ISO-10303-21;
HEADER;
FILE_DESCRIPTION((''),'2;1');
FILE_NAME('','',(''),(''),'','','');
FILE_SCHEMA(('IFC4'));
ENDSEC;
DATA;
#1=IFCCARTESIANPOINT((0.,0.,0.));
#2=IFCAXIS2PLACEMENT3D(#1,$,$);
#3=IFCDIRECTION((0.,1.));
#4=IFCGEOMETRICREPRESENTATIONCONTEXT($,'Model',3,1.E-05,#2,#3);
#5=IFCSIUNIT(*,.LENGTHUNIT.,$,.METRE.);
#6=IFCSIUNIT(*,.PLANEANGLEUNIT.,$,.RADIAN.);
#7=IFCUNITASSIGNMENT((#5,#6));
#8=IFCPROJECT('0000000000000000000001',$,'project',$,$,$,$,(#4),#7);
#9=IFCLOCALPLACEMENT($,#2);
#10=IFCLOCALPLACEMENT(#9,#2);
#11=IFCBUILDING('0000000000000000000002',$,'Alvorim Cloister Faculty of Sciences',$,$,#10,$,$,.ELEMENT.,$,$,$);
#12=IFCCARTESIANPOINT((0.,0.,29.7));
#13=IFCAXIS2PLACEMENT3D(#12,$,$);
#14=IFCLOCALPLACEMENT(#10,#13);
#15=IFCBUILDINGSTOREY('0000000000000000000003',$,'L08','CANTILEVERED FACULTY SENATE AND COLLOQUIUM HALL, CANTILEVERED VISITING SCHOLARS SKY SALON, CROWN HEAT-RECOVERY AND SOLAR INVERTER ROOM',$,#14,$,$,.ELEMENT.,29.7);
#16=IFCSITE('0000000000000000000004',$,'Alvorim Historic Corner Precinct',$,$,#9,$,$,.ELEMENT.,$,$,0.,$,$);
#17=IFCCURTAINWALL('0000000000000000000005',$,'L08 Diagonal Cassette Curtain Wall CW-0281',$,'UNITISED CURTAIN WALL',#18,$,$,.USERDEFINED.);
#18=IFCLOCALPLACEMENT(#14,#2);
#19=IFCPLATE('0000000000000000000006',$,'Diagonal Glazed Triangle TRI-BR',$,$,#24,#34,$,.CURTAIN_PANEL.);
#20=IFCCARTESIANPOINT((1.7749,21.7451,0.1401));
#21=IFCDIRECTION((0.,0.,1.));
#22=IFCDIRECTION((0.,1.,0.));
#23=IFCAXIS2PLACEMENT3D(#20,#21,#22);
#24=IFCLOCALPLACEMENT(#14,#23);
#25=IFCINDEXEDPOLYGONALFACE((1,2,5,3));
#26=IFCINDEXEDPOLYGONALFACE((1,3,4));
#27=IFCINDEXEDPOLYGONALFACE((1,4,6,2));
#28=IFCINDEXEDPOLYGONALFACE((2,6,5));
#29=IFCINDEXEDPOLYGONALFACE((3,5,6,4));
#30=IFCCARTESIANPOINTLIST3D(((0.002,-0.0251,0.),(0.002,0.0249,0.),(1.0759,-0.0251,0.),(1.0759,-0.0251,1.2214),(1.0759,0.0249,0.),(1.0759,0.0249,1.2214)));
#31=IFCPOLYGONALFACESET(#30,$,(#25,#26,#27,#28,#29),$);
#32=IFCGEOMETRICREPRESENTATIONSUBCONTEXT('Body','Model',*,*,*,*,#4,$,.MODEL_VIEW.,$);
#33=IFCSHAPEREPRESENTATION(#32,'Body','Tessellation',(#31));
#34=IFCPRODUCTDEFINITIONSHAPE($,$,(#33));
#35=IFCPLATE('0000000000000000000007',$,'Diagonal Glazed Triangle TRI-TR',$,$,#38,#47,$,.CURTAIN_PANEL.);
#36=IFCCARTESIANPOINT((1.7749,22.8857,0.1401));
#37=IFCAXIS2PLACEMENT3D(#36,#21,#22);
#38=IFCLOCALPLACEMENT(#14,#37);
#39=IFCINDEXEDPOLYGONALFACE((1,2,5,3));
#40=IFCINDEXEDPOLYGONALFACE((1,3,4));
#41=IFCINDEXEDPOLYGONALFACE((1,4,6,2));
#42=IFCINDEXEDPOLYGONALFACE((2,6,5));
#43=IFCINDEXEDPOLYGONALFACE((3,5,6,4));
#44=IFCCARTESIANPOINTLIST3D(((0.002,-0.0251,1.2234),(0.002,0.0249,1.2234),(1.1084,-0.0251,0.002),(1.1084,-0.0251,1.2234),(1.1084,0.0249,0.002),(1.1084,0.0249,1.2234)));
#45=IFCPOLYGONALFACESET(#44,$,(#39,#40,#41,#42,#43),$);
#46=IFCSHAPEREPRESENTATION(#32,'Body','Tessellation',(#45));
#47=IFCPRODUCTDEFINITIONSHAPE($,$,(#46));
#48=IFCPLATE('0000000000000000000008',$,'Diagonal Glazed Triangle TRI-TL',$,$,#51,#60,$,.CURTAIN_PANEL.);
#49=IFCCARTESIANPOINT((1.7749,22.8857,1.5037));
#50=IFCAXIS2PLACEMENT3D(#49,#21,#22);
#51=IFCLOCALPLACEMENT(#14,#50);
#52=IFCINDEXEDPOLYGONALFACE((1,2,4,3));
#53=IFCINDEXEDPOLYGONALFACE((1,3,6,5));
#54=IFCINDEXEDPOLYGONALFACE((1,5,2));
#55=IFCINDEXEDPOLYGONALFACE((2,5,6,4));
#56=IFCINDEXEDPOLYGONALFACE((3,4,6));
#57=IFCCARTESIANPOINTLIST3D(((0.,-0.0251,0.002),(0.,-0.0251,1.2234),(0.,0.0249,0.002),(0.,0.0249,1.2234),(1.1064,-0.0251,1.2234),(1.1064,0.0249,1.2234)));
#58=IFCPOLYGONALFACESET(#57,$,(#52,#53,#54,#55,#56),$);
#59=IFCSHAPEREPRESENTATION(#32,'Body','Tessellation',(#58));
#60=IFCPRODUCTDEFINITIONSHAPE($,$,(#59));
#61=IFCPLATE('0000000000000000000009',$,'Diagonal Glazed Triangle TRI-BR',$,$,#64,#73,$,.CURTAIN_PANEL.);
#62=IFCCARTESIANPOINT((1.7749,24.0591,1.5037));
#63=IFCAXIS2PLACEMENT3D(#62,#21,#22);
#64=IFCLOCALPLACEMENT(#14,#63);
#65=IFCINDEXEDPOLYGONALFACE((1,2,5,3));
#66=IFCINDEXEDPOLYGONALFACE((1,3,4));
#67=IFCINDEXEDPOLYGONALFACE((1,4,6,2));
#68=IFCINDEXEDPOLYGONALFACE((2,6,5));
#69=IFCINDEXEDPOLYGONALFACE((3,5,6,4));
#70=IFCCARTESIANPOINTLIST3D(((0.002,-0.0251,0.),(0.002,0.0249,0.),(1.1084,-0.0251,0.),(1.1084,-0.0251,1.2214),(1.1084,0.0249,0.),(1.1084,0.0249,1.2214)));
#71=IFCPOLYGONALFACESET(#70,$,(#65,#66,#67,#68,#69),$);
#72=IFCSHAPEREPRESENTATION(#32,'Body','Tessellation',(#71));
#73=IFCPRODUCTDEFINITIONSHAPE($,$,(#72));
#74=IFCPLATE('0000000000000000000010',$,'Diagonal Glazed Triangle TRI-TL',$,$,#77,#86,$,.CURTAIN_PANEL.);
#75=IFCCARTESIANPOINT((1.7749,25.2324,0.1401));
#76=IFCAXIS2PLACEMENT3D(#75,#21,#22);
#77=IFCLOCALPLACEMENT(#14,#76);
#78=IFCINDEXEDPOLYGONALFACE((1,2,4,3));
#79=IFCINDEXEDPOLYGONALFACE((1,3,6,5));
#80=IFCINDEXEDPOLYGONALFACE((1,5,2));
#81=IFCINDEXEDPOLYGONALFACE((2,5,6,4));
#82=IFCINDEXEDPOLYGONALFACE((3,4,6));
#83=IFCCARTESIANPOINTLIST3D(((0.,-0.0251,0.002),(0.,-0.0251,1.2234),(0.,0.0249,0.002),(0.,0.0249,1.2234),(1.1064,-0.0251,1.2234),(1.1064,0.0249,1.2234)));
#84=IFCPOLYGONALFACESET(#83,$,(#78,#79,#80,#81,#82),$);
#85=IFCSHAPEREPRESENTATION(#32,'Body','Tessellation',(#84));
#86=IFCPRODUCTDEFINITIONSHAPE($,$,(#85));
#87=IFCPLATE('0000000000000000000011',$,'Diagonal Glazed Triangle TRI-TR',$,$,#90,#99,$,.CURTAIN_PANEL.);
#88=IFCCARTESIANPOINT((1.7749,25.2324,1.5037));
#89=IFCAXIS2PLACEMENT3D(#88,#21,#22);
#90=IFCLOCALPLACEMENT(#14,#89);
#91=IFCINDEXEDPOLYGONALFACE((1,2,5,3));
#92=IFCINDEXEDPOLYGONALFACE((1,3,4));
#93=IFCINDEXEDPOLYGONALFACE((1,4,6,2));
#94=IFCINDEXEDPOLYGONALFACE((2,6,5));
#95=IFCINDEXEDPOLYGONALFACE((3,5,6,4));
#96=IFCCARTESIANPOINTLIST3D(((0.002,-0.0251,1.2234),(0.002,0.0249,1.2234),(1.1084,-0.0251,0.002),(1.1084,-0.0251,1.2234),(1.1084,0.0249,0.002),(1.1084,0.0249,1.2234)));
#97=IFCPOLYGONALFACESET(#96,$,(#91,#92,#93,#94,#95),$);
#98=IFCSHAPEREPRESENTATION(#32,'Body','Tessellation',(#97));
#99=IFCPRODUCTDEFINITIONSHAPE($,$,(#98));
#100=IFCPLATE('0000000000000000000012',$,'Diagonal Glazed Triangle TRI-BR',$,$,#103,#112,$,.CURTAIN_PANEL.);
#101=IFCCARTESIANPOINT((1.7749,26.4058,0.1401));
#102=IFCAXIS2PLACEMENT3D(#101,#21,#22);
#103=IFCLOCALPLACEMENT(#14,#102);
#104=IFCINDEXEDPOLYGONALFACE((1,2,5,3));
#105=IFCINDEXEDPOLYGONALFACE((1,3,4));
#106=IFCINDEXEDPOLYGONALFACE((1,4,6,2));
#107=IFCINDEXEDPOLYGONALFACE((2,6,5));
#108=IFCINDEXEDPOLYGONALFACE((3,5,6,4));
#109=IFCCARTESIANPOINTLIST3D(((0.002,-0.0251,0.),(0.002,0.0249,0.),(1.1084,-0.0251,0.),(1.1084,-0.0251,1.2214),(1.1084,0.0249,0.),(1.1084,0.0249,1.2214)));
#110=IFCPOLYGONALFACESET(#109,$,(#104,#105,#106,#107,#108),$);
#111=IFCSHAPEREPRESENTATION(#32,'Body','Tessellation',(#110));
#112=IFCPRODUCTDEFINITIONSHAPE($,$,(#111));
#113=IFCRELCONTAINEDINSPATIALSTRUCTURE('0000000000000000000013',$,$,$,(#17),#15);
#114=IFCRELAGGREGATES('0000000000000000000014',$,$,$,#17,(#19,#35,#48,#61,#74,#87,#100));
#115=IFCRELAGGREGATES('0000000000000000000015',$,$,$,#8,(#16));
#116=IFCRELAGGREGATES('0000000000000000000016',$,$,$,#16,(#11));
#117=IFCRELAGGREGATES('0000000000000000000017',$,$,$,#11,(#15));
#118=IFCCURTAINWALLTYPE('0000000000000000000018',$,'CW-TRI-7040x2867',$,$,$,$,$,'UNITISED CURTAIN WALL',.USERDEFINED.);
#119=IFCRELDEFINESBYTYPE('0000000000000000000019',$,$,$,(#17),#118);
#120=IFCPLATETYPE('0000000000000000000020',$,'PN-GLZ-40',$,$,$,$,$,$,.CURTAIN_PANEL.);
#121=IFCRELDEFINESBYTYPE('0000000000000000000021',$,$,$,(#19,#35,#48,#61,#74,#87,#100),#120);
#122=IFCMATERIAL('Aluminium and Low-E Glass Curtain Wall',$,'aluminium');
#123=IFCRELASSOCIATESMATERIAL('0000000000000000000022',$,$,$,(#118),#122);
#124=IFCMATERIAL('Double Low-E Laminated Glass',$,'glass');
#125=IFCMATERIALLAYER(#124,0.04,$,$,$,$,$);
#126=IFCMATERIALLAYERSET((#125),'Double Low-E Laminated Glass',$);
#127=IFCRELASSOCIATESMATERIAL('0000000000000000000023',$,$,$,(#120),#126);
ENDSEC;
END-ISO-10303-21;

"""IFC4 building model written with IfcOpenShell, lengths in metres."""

from ifc_helpers import new_model, si_unit, direction, frame, origin, place, context, subcontext, project, spatial, polyline, outline, extrude, material, layer, layer_set, type_object, element, aggregate, save


model = new_model("IFC4")

# Units and contexts
model_context = context("Model", 3, precision=1e-05, world=origin(), true_north=direction((0.0, 1.0)))
body_context = subcontext(model_context, "Body", "Model", "MODEL_VIEW")
ifc_project = project(units=[si_unit("LENGTHUNIT", "METRE"), si_unit("PLANEANGLEUNIT", "RADIAN")], contexts=[model_context])

# Site, building, storey
site_placement = place(None, origin())
site = spatial("IfcSite", under=ifc_project, at=site_placement, Name="Alvorim Historic Corner Precinct", CompositionType="ELEMENT", RefElevation=0.0)
building_placement = place(site_placement, origin())
building = spatial("IfcBuilding", under=site, at=building_placement, Name="Alvorim Cloister Faculty of Sciences", CompositionType="ELEMENT")
storey_placement = place(building_placement, frame((0.0, 0.0, 29.7)))
storey = spatial("IfcBuildingStorey", under=building, at=storey_placement, Name="L08", Description="CANTILEVERED FACULTY SENATE AND COLLOQUIUM HALL, CANTILEVERED VISITING SCHOLARS SKY SALON, CROWN HEAT-RECOVERY AND SOLAR INVERTER ROOM", CompositionType="ELEMENT", Elevation=29.7)

# Curtain wall, plates
ifc_material_1 = material(Name="Aluminium and Low-E Glass Curtain Wall", Category="aluminium")
curtain_wall_type = type_object("IfcCurtainWallType", Name="CW-TRI-7040x2867", ElementType="UNITISED CURTAIN WALL", PredefinedType="USERDEFINED", material=ifc_material_1)
curtain_wall_placement = place(storey_placement, origin())
curtain_wall = element("IfcCurtainWall", 1, at=curtain_wall_placement, inside=storey, type_object=curtain_wall_type, Name="L08 Diagonal Cassette Curtain Wall CW-0281", ObjectType="UNITISED CURTAIN WALL", PredefinedType="USERDEFINED")
ifc_material_2 = material(Name="Double Low-E Laminated Glass", Category="glass")
ifc_layer_1 = layer(ifc_material_2, 0.04)
ifc_layer_set_1 = layer_set([ifc_layer_1], Name="Double Low-E Laminated Glass")
plate_type = type_object("IfcPlateType", Name="PN-GLZ-40", PredefinedType="CURTAIN_PANEL", material=ifc_layer_set_1)
plate_1_placement = place(storey_placement, frame((1.7749, 21.7451, 0.1401), z_axis=(0.0, 0.0, 1.0), x_axis=(0.0, 1.0, 0.0)))
plate_1 = element("IfcPlate", 2, at=plate_1_placement, type_object=plate_type, Name="Diagonal Glazed Triangle TRI-BR", PredefinedType="CURTAIN_PANEL", context=body_context, shape_type="SweptSolid", body=[
    extrude(outline(polyline([(0.002, 0.0), (1.0759, 0.0), (1.0759, 1.2214), (0.002, 0.0)])), frame((0.0, 0.0249, 0.0), z_axis=(0.0, -1.0, 0.0), x_axis=(1.0, 0.0, 0.0)), (0.0, 0.0, 1.0), 0.05),
])
plate_2_placement = place(storey_placement, frame((1.7749, 22.8857, 0.1401), z_axis=(0.0, 0.0, 1.0), x_axis=(0.0, 1.0, 0.0)))
plate_2 = element("IfcPlate", 3, at=plate_2_placement, type_object=plate_type, Name="Diagonal Glazed Triangle TRI-TR", PredefinedType="CURTAIN_PANEL", context=body_context, shape_type="SweptSolid", body=[
    extrude(outline(polyline([(1.1084, 0.002), (1.1084, 1.2234), (0.002, 1.2234), (1.1084, 0.002)])), frame((0.0, 0.0249, 0.0), z_axis=(0.0, -1.0, 0.0), x_axis=(1.0, 0.0, 0.0)), (0.0, 0.0, 1.0), 0.05),
])
plate_3_placement = place(storey_placement, frame((1.7749, 22.8857, 1.5037), z_axis=(0.0, 0.0, 1.0), x_axis=(0.0, 1.0, 0.0)))
plate_3 = element("IfcPlate", 4, at=plate_3_placement, type_object=plate_type, Name="Diagonal Glazed Triangle TRI-TL", PredefinedType="CURTAIN_PANEL", context=body_context, shape_type="SweptSolid", body=[
    extrude(outline(polyline([(1.1064, 1.2234), (0.0, 1.2234), (0.0, 0.002), (1.1064, 1.2234)])), frame((0.0, 0.0249, 0.0), z_axis=(0.0, -1.0, 0.0), x_axis=(1.0, 0.0, 0.0)), (0.0, 0.0, 1.0), 0.05),
])
plate_4_placement = place(storey_placement, frame((1.7749, 24.0591, 1.5037), z_axis=(0.0, 0.0, 1.0), x_axis=(0.0, 1.0, 0.0)))
plate_4 = element("IfcPlate", 5, at=plate_4_placement, type_object=plate_type, Name="Diagonal Glazed Triangle TRI-BR", PredefinedType="CURTAIN_PANEL", context=body_context, shape_type="SweptSolid", body=[
    extrude(outline(polyline([(0.002, 0.0), (1.1084, 0.0), (1.1084, 1.2214), (0.002, 0.0)])), frame((0.0, 0.0249, 0.0), z_axis=(0.0, -1.0, 0.0), x_axis=(1.0, 0.0, 0.0)), (0.0, 0.0, 1.0), 0.05),
])
plate_5_placement = place(storey_placement, frame((1.7749, 25.2324, 0.1401), z_axis=(0.0, 0.0, 1.0), x_axis=(0.0, 1.0, 0.0)))
plate_5 = element("IfcPlate", 6, at=plate_5_placement, type_object=plate_type, Name="Diagonal Glazed Triangle TRI-TL", PredefinedType="CURTAIN_PANEL", context=body_context, shape_type="SweptSolid", body=[
    extrude(outline(polyline([(1.1064, 1.2234), (0.0, 1.2234), (0.0, 0.002), (1.1064, 1.2234)])), frame((0.0, 0.0249, 0.0), z_axis=(0.0, -1.0, 0.0), x_axis=(1.0, 0.0, 0.0)), (0.0, 0.0, 1.0), 0.05),
])
plate_6_placement = place(storey_placement, frame((1.7749, 25.2324, 1.5037), z_axis=(0.0, 0.0, 1.0), x_axis=(0.0, 1.0, 0.0)))
plate_6 = element("IfcPlate", 7, at=plate_6_placement, type_object=plate_type, Name="Diagonal Glazed Triangle TRI-TR", PredefinedType="CURTAIN_PANEL", context=body_context, shape_type="SweptSolid", body=[
    extrude(outline(polyline([(1.1084, 0.002), (1.1084, 1.2234), (0.002, 1.2234), (1.1084, 0.002)])), frame((0.0, 0.0249, 0.0), z_axis=(0.0, -1.0, 0.0), x_axis=(1.0, 0.0, 0.0)), (0.0, 0.0, 1.0), 0.05),
])
plate_7_placement = place(storey_placement, frame((1.7749, 26.4058, 0.1401), z_axis=(0.0, 0.0, 1.0), x_axis=(0.0, 1.0, 0.0)))
plate_7 = element("IfcPlate", 8, at=plate_7_placement, type_object=plate_type, Name="Diagonal Glazed Triangle TRI-BR", PredefinedType="CURTAIN_PANEL", context=body_context, shape_type="SweptSolid", body=[
    extrude(outline(polyline([(0.002, 0.0), (1.1084, 0.0), (1.1084, 1.2214), (0.002, 0.0)])), frame((0.0, 0.0249, 0.0), z_axis=(0.0, -1.0, 0.0), x_axis=(1.0, 0.0, 0.0)), (0.0, 0.0, 1.0), 0.05),
])
aggregate(curtain_wall, [plate_1, plate_2, plate_3, plate_4, plate_5, plate_6, plate_7])

save(model, "model.ifc")
